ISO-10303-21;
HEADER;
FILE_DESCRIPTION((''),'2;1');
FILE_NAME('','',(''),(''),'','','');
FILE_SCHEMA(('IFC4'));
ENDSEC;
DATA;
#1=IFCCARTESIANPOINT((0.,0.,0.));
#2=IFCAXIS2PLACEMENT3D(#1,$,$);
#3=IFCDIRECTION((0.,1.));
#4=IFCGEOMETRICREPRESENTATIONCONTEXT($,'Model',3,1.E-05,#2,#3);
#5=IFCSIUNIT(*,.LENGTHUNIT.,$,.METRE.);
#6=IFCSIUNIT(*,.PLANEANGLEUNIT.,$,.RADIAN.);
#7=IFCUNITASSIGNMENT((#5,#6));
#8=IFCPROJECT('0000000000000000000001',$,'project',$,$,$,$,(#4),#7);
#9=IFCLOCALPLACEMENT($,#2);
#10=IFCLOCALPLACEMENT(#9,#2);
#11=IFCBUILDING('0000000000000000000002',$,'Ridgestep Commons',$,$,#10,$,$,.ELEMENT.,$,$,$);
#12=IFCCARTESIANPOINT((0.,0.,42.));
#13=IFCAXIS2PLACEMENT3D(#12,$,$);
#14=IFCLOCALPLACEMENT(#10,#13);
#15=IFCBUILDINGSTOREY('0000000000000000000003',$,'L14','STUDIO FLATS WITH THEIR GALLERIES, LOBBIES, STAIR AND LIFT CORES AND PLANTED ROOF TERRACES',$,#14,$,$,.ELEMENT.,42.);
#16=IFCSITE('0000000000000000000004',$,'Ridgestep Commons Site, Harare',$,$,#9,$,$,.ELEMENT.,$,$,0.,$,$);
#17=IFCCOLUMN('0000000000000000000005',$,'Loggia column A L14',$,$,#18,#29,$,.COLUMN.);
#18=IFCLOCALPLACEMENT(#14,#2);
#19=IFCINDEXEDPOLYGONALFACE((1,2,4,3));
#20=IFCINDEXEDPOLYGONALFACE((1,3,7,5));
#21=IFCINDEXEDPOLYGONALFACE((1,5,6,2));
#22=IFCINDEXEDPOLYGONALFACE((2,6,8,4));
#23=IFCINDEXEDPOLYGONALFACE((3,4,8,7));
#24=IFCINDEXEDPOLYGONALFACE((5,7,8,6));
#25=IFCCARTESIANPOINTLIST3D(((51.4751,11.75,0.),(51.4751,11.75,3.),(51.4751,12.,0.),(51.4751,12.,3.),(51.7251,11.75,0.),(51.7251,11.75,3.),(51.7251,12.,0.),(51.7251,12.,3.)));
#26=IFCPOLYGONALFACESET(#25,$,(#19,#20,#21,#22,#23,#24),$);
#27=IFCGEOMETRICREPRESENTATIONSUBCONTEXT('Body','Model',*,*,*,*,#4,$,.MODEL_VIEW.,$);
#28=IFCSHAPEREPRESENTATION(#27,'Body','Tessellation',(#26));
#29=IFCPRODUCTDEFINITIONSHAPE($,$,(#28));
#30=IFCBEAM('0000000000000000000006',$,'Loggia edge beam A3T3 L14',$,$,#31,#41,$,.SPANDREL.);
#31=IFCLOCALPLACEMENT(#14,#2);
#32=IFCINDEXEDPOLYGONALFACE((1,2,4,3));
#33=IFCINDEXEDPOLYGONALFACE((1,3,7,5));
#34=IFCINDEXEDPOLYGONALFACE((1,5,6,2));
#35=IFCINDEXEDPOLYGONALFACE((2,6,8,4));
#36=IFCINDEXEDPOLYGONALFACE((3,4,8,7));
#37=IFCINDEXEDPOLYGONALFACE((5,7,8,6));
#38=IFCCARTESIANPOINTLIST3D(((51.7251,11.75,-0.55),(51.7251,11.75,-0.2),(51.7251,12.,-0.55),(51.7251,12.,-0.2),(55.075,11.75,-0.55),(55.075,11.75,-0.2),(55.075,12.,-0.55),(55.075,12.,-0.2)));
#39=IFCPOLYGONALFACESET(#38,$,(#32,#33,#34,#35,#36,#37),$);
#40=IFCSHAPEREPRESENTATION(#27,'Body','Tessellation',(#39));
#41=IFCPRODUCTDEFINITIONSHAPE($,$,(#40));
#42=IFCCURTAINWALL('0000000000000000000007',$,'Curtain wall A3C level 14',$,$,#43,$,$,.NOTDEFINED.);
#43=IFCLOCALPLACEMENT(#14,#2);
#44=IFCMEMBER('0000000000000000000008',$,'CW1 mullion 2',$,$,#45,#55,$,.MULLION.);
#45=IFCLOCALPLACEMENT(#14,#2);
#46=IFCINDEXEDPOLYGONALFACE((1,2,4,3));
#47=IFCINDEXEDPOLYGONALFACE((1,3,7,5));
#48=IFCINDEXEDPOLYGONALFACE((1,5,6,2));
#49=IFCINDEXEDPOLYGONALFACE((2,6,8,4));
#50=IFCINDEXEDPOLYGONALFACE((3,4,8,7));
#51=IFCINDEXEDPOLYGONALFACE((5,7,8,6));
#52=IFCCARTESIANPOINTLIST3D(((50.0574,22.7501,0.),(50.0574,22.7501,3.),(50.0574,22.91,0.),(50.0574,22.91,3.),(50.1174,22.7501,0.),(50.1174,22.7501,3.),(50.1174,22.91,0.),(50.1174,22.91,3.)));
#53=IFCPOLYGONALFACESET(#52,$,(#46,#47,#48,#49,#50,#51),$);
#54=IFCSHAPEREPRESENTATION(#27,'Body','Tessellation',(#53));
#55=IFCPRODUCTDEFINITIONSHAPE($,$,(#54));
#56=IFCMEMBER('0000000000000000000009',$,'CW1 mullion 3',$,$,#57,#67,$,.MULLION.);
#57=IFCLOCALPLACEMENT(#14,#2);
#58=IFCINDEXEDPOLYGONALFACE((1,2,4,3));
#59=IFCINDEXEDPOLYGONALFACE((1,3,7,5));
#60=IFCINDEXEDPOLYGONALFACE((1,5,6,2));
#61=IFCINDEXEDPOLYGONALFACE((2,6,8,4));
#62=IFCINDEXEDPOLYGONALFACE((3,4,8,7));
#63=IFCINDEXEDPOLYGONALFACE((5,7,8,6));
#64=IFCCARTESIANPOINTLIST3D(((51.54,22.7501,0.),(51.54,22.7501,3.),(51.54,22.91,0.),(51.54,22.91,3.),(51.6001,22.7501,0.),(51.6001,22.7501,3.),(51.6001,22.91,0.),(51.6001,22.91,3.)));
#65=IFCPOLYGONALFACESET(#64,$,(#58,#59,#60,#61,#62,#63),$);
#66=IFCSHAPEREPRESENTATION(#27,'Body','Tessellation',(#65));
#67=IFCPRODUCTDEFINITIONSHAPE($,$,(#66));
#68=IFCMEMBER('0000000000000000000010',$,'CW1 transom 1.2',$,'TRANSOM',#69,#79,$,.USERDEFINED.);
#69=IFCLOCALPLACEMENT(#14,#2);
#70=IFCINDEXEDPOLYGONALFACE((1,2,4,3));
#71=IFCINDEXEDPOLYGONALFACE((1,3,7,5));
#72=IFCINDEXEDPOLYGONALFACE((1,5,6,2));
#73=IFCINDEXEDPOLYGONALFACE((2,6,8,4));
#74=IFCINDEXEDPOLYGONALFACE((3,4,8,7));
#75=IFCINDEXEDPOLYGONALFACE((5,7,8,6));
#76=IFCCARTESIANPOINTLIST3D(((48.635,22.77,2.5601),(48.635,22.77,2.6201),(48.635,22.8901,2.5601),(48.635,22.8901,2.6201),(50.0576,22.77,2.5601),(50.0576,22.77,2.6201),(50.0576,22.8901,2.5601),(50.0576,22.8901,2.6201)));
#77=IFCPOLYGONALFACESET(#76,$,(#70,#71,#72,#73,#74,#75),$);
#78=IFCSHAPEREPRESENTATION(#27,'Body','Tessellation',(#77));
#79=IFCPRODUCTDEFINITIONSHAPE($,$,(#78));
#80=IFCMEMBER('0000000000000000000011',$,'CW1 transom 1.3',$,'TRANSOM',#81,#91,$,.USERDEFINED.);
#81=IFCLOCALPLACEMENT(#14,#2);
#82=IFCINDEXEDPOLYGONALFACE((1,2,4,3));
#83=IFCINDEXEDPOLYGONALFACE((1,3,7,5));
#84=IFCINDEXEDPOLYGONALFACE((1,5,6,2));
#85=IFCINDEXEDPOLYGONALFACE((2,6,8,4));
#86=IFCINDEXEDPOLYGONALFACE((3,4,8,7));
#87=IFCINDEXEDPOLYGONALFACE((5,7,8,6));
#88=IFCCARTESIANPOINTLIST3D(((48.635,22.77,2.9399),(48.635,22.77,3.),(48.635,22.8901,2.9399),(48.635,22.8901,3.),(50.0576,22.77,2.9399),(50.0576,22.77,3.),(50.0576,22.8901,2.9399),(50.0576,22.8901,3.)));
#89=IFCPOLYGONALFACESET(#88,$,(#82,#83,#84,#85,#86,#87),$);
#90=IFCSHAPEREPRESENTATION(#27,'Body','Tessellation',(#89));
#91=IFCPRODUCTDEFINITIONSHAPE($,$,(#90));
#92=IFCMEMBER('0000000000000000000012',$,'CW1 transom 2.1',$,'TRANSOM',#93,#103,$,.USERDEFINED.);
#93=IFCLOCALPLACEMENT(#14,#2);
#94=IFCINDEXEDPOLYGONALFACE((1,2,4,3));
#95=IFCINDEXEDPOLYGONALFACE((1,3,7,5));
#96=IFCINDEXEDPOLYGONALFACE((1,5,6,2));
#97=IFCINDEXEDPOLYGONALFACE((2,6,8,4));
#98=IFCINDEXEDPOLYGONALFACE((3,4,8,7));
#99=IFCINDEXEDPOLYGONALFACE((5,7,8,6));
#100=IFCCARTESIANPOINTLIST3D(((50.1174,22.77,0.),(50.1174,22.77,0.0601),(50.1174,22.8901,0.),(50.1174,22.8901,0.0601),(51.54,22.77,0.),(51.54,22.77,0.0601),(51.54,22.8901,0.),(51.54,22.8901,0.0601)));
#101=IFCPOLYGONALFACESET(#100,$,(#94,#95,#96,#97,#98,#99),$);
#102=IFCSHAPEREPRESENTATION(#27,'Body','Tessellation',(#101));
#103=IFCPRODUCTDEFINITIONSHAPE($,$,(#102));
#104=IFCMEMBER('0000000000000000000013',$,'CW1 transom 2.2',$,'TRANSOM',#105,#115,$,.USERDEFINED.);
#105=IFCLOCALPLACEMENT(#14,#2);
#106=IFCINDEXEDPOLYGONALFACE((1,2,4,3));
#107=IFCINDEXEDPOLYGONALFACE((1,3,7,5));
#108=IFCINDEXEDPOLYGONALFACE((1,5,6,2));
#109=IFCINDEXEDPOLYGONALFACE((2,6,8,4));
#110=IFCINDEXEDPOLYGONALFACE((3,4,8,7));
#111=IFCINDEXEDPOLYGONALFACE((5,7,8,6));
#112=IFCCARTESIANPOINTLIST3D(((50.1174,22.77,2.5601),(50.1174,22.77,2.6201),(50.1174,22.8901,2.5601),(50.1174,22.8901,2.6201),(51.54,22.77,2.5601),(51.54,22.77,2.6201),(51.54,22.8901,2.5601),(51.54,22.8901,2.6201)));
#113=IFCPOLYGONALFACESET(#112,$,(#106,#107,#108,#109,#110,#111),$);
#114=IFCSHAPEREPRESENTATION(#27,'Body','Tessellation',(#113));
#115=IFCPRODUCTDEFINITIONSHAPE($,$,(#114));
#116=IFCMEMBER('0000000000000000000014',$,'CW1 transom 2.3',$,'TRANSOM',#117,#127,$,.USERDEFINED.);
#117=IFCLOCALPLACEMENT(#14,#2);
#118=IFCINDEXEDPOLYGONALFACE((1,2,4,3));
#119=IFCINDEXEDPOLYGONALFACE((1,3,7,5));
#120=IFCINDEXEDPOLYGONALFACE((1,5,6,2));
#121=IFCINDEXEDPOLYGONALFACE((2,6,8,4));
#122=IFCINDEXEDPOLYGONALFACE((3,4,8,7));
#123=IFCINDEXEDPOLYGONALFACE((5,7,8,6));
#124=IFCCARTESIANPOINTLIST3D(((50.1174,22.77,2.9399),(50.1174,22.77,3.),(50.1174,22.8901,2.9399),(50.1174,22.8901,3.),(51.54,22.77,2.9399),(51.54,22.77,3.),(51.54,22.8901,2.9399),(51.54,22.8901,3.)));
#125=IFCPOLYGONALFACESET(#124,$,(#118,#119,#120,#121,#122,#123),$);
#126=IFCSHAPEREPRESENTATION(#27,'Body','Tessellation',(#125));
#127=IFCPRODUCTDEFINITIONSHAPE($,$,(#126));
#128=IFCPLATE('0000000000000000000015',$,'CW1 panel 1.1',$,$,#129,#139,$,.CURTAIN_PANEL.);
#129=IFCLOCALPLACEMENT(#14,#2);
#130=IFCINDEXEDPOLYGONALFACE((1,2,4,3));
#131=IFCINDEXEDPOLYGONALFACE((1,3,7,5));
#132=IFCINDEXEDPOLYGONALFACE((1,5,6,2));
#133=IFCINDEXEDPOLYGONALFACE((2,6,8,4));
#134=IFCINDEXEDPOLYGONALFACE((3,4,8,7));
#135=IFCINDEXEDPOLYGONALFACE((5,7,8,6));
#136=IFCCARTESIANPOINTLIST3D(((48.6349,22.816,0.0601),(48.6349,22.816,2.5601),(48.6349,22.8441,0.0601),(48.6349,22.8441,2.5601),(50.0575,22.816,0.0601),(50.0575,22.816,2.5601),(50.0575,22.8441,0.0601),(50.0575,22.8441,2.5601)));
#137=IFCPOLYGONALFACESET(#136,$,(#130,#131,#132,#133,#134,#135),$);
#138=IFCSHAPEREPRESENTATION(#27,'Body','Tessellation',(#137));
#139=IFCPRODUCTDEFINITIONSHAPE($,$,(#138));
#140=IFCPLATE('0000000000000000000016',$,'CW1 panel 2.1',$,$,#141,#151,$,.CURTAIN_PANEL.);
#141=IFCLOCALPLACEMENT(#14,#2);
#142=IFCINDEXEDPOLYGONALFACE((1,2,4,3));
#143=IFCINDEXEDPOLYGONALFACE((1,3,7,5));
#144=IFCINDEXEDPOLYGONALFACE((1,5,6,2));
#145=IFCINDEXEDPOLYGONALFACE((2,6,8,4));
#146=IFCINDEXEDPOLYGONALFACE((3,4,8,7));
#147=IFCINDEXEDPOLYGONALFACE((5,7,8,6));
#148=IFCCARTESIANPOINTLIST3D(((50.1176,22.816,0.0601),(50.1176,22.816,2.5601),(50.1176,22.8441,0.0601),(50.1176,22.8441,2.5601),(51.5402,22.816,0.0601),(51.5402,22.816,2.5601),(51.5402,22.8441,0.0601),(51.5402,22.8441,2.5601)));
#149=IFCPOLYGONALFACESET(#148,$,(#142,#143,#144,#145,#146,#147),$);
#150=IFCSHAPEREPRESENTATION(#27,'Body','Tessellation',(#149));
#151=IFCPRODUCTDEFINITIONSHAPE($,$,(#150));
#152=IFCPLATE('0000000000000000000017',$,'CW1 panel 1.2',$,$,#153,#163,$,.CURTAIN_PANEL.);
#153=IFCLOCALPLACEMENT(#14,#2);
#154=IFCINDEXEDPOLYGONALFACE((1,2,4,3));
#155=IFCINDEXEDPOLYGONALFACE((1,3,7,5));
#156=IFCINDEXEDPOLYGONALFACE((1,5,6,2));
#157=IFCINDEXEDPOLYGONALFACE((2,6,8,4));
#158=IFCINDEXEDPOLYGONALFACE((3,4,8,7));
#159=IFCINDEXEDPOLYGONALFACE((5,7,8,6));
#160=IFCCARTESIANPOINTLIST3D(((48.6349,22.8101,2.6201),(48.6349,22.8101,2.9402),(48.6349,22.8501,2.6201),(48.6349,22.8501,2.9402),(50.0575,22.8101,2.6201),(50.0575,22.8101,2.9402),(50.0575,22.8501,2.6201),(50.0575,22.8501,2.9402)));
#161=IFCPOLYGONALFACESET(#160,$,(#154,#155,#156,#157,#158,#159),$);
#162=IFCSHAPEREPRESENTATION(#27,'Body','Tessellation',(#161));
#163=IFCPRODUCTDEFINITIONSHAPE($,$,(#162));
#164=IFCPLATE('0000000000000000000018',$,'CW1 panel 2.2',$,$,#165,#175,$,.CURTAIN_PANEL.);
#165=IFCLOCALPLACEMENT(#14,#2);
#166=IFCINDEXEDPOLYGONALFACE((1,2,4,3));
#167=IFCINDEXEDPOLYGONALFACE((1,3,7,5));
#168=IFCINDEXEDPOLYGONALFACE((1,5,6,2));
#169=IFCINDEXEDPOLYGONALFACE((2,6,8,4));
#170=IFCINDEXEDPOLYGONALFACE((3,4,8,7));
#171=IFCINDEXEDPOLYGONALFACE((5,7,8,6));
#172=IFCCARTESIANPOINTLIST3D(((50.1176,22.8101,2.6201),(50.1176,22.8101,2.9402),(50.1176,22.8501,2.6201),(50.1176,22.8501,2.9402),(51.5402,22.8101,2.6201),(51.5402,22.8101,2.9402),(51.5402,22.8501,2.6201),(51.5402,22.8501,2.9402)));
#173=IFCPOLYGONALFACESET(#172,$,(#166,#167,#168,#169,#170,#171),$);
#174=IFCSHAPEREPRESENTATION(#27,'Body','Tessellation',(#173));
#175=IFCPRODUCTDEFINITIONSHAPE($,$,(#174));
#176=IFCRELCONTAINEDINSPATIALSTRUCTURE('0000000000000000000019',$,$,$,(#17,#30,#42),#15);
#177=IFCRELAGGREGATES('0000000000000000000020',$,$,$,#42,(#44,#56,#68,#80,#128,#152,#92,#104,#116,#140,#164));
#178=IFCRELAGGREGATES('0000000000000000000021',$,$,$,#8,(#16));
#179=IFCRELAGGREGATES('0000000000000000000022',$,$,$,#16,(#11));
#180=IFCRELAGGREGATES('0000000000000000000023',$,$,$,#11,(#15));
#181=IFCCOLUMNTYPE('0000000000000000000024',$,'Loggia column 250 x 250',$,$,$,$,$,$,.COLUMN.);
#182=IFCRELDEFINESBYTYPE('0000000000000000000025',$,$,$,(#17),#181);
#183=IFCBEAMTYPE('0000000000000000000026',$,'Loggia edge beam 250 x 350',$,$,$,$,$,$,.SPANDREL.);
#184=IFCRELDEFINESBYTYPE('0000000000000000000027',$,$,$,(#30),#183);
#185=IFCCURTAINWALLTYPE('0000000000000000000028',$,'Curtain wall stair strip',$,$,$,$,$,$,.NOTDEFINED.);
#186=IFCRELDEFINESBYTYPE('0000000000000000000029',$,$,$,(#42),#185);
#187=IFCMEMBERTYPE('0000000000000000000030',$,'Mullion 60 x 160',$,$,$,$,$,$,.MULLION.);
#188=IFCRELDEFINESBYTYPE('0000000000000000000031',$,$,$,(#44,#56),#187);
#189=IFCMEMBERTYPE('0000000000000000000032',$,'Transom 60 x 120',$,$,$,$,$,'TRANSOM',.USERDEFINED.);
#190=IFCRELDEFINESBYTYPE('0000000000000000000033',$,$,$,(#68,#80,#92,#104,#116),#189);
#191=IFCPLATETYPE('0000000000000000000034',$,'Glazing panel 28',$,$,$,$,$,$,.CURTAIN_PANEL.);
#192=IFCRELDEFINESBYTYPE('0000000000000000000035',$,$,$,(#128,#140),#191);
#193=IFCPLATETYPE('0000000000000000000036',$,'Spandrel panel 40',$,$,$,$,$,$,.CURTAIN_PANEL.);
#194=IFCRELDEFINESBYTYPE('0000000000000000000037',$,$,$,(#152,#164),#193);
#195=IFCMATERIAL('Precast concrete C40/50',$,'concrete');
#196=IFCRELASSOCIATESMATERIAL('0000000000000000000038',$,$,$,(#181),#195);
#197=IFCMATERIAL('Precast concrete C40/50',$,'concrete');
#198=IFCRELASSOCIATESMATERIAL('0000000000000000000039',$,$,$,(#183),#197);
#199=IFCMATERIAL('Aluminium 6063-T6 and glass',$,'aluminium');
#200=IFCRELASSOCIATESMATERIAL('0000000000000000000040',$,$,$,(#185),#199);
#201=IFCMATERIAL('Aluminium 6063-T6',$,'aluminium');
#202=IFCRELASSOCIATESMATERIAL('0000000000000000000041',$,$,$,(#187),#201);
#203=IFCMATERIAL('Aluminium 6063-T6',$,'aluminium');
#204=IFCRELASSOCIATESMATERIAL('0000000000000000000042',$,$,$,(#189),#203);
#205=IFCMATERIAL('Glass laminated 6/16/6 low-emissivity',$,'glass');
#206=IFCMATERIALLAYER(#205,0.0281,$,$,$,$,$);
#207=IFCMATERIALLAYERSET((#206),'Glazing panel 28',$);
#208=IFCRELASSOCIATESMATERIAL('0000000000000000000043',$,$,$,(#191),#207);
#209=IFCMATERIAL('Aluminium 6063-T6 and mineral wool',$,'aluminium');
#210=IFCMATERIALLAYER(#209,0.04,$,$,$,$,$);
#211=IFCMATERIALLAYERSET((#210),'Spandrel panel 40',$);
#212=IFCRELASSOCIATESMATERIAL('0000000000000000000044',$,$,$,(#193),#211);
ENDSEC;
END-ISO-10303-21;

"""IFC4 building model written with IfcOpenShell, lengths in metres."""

from ifc_helpers import new_model, si_unit, direction, frame, origin, origin_2d, place, context, subcontext, project, spatial, rectangle, extrude, material, layer, layer_set, material_profile, profile_set, type_object, element, aggregate, save


model = new_model("IFC4")

# Units and contexts
model_context = context("Model", 3, precision=1e-05, world=origin(), true_north=direction((0.0, 1.0)))
body_context = subcontext(model_context, "Body", "Model", "MODEL_VIEW")
ifc_project = project(units=[si_unit("LENGTHUNIT", "METRE"), si_unit("PLANEANGLEUNIT", "RADIAN")], contexts=[model_context])

# Site, building, storey
site_placement = place(None, origin())
site = spatial("IfcSite", under=ifc_project, at=site_placement, Name="Ridgestep Commons Site, Harare", CompositionType="ELEMENT", RefElevation=0.0)
building_placement = place(site_placement, origin())
building = spatial("IfcBuilding", under=site, at=building_placement, Name="Ridgestep Commons", CompositionType="ELEMENT")
storey_placement = place(building_placement, frame((0.0, 0.0, 42.0)))
storey = spatial("IfcBuildingStorey", under=building, at=storey_placement, Name="L14", Description="STUDIO FLATS WITH THEIR GALLERIES, LOBBIES, STAIR AND LIFT CORES AND PLANTED ROOF TERRACES", CompositionType="ELEMENT", Elevation=42.0)

# Column
ifc_material_1 = material(Name="Precast concrete C40/50", Category="concrete")
ifc_material_profile_1 = material_profile(ifc_material_1, rectangle(XDim=0.25, YDim=0.25, at=origin_2d()), Name="PC 250x250")
ifc_profile_set_1 = profile_set([ifc_material_profile_1], Name="Precast concrete C40/50")
column_type = type_object("IfcColumnType", Name="Loggia column 250 x 250", PredefinedType="COLUMN", material=ifc_profile_set_1)
column_placement = place(storey_placement, frame((51.6001, 11.875, 0.0), z_axis=(0.0, 0.0, 1.0), x_axis=(1.0, 0.0, 0.0)))
element("IfcColumn", 1, at=column_placement, inside=storey, type_object=column_type, Name="Loggia column A L14", PredefinedType="COLUMN", context=body_context, shape_type="SweptSolid", body=[
    extrude(rectangle(XDim=0.25, YDim=0.25, at=origin_2d()), origin(), (0.0, 0.0, 1.0), 3.0),
])

# Beam
ifc_material_2 = material(Name="Precast concrete C40/50", Category="concrete")
ifc_material_profile_2 = material_profile(ifc_material_2, rectangle(XDim=0.25, YDim=0.3501, at=origin_2d()), Name="PC 250x350")
ifc_profile_set_2 = profile_set([ifc_material_profile_2], Name="Precast concrete C40/50")
beam_type = type_object("IfcBeamType", Name="Loggia edge beam 250 x 350", PredefinedType="SPANDREL", material=ifc_profile_set_2)
beam_placement = place(storey_placement, frame((51.7251, 11.875, -0.375), z_axis=(1.0, 0.0, 0.0), x_axis=(0.0, 1.0, 0.0)))
element("IfcBeam", 2, at=beam_placement, inside=storey, type_object=beam_type, Name="Loggia edge beam A3T3 L14", PredefinedType="SPANDREL", context=body_context, shape_type="SweptSolid", body=[
    extrude(rectangle(XDim=0.25, YDim=0.3501, at=origin_2d()), origin(), (0.0, 0.0, 1.0), 3.3499),
])

# Curtain wall, members, plates
ifc_material_3 = material(Name="Aluminium 6063-T6 and glass", Category="aluminium")
curtain_wall_type = type_object("IfcCurtainWallType", Name="Curtain wall stair strip", PredefinedType="NOTDEFINED", material=ifc_material_3)
curtain_wall_placement = place(storey_placement, origin())
curtain_wall = element("IfcCurtainWall", 3, at=curtain_wall_placement, inside=storey, type_object=curtain_wall_type, Name="Curtain wall A3C level 14", PredefinedType="NOTDEFINED")
ifc_material_4 = material(Name="Aluminium 6063-T6", Category="aluminium")
ifc_material_profile_3 = material_profile(ifc_material_4, rectangle(XDim=0.1599, YDim=0.0601, at=origin_2d()), Name="Mullion 60 x 160")
ifc_profile_set_3 = profile_set([ifc_material_profile_3], Name="Aluminium 6063-T6")
member_type_1 = type_object("IfcMemberType", Name="Mullion 60 x 160", PredefinedType="MULLION", material=ifc_profile_set_3)
member_1_placement = place(storey_placement, frame((50.0874, 22.8301, 0.0), z_axis=(0.0, 0.0, 1.0), x_axis=(0.0, 1.0, 0.0)))
member_1 = element("IfcMember", 4, at=member_1_placement, type_object=member_type_1, Name="CW1 mullion 2", PredefinedType="MULLION", context=body_context, shape_type="SweptSolid", body=[
    extrude(rectangle(XDim=0.1599, YDim=0.0601, at=origin_2d()), origin(), (0.0, 0.0, 1.0), 3.0),
])
member_2_placement = place(storey_placement, frame((51.5701, 22.8301, 0.0), z_axis=(0.0, 0.0, 1.0), x_axis=(0.0, 1.0, 0.0)))
member_2 = element("IfcMember", 5, at=member_2_placement, type_object=member_type_1, Name="CW1 mullion 3", PredefinedType="MULLION", context=body_context, shape_type="SweptSolid", body=[
    extrude(rectangle(XDim=0.1599, YDim=0.0601, at=origin_2d()), origin(), (0.0, 0.0, 1.0), 3.0),
])
ifc_material_5 = material(Name="Aluminium 6063-T6", Category="aluminium")
ifc_material_profile_4 = material_profile(ifc_material_5, rectangle(XDim=0.1201, YDim=0.0601, at=origin_2d()), Name="Transom 60 x 120")
ifc_profile_set_4 = profile_set([ifc_material_profile_4], Name="Aluminium 6063-T6")
member_type_2 = type_object("IfcMemberType", Name="Transom 60 x 120", ElementType="TRANSOM", PredefinedType="USERDEFINED", material=ifc_profile_set_4)
member_3_placement = place(storey_placement, frame((48.635, 22.8301, 2.5901), z_axis=(1.0, 0.0, 0.0), x_axis=(0.0, 1.0, 0.0)))
member_3 = element("IfcMember", 6, at=member_3_placement, type_object=member_type_2, Name="CW1 transom 1.2", ObjectType="TRANSOM", PredefinedType="USERDEFINED", context=body_context, shape_type="SweptSolid", body=[
    extrude(rectangle(XDim=0.1201, YDim=0.0601, at=origin_2d()), origin(), (0.0, 0.0, 1.0), 1.4226),
])
member_4_placement = place(storey_placement, frame((48.635, 22.8301, 2.97), z_axis=(1.0, 0.0, 0.0), x_axis=(0.0, 1.0, 0.0)))
member_4 = element("IfcMember", 7, at=member_4_placement, type_object=member_type_2, Name="CW1 transom 1.3", ObjectType="TRANSOM", PredefinedType="USERDEFINED", context=body_context, shape_type="SweptSolid", body=[
    extrude(rectangle(XDim=0.1201, YDim=0.0601, at=origin_2d()), origin(), (0.0, 0.0, 1.0), 1.4226),
])
member_5_placement = place(storey_placement, frame((50.1174, 22.8301, 0.03), z_axis=(1.0, 0.0, 0.0), x_axis=(0.0, 1.0, 0.0)))
member_5 = element("IfcMember", 8, at=member_5_placement, type_object=member_type_2, Name="CW1 transom 2.1", ObjectType="TRANSOM", PredefinedType="USERDEFINED", context=body_context, shape_type="SweptSolid", body=[
    extrude(rectangle(XDim=0.1201, YDim=0.0601, at=origin_2d()), origin(), (0.0, 0.0, 1.0), 1.4226),
])
member_6_placement = place(storey_placement, frame((50.1174, 22.8301, 2.5901), z_axis=(1.0, 0.0, 0.0), x_axis=(0.0, 1.0, 0.0)))
member_6 = element("IfcMember", 9, at=member_6_placement, type_object=member_type_2, Name="CW1 transom 2.2", ObjectType="TRANSOM", PredefinedType="USERDEFINED", context=body_context, shape_type="SweptSolid", body=[
    extrude(rectangle(XDim=0.1201, YDim=0.0601, at=origin_2d()), origin(), (0.0, 0.0, 1.0), 1.4226),
])
member_7_placement = place(storey_placement, frame((50.1174, 22.8301, 2.97), z_axis=(1.0, 0.0, 0.0), x_axis=(0.0, 1.0, 0.0)))
member_7 = element("IfcMember", 10, at=member_7_placement, type_object=member_type_2, Name="CW1 transom 2.3", ObjectType="TRANSOM", PredefinedType="USERDEFINED", context=body_context, shape_type="SweptSolid", body=[
    extrude(rectangle(XDim=0.1201, YDim=0.0601, at=origin_2d()), origin(), (0.0, 0.0, 1.0), 1.4226),
])
ifc_material_6 = material(Name="Glass laminated 6/16/6 low-emissivity", Category="glass")
ifc_layer_1 = layer(ifc_material_6, 0.0281)
ifc_layer_set_1 = layer_set([ifc_layer_1], Name="Glazing panel 28")
plate_type_1 = type_object("IfcPlateType", Name="Glazing panel 28", PredefinedType="CURTAIN_PANEL", material=ifc_layer_set_1)
plate_1_placement = place(storey_placement, frame((49.3462, 22.8301, 0.0601), z_axis=(0.0, 0.0, 1.0), x_axis=(1.0, 0.0, 0.0)))
plate_1 = element("IfcPlate", 11, at=plate_1_placement, type_object=plate_type_1, Name="CW1 panel 1.1", PredefinedType="CURTAIN_PANEL", context=body_context, shape_type="SweptSolid", body=[
    extrude(rectangle(XDim=1.4226, YDim=0.0281, at=origin_2d()), origin(), (0.0, 0.0, 1.0), 2.5),
])
plate_2_placement = place(storey_placement, frame((50.8289, 22.8301, 0.0601), z_axis=(0.0, 0.0, 1.0), x_axis=(1.0, 0.0, 0.0)))
plate_2 = element("IfcPlate", 12, at=plate_2_placement, type_object=plate_type_1, Name="CW1 panel 2.1", PredefinedType="CURTAIN_PANEL", context=body_context, shape_type="SweptSolid", body=[
    extrude(rectangle(XDim=1.4226, YDim=0.0281, at=origin_2d()), origin(), (0.0, 0.0, 1.0), 2.5),
])
ifc_material_7 = material(Name="Aluminium 6063-T6 and mineral wool", Category="aluminium")
ifc_layer_2 = layer(ifc_material_7, 0.04)
ifc_layer_set_2 = layer_set([ifc_layer_2], Name="Spandrel panel 40")
plate_type_2 = type_object("IfcPlateType", Name="Spandrel panel 40", PredefinedType="CURTAIN_PANEL", material=ifc_layer_set_2)
plate_3_placement = place(storey_placement, frame((49.3462, 22.8301, 2.6201), z_axis=(0.0, 0.0, 1.0), x_axis=(1.0, 0.0, 0.0)))
plate_3 = element("IfcPlate", 13, at=plate_3_placement, type_object=plate_type_2, Name="CW1 panel 1.2", PredefinedType="CURTAIN_PANEL", context=body_context, shape_type="SweptSolid", body=[
    extrude(rectangle(XDim=1.4226, YDim=0.04, at=origin_2d()), origin(), (0.0, 0.0, 1.0), 0.3201),
])
plate_4_placement = place(storey_placement, frame((50.8289, 22.8301, 2.6201), z_axis=(0.0, 0.0, 1.0), x_axis=(1.0, 0.0, 0.0)))
plate_4 = element("IfcPlate", 14, at=plate_4_placement, type_object=plate_type_2, Name="CW1 panel 2.2", PredefinedType="CURTAIN_PANEL", context=body_context, shape_type="SweptSolid", body=[
    extrude(rectangle(XDim=1.4226, YDim=0.04, at=origin_2d()), origin(), (0.0, 0.0, 1.0), 0.3201),
])
aggregate(curtain_wall, [member_1, member_2, member_3, member_4, plate_1, plate_3, member_5, member_6, member_7, plate_2, plate_4])

save(model, "model.ifc")
